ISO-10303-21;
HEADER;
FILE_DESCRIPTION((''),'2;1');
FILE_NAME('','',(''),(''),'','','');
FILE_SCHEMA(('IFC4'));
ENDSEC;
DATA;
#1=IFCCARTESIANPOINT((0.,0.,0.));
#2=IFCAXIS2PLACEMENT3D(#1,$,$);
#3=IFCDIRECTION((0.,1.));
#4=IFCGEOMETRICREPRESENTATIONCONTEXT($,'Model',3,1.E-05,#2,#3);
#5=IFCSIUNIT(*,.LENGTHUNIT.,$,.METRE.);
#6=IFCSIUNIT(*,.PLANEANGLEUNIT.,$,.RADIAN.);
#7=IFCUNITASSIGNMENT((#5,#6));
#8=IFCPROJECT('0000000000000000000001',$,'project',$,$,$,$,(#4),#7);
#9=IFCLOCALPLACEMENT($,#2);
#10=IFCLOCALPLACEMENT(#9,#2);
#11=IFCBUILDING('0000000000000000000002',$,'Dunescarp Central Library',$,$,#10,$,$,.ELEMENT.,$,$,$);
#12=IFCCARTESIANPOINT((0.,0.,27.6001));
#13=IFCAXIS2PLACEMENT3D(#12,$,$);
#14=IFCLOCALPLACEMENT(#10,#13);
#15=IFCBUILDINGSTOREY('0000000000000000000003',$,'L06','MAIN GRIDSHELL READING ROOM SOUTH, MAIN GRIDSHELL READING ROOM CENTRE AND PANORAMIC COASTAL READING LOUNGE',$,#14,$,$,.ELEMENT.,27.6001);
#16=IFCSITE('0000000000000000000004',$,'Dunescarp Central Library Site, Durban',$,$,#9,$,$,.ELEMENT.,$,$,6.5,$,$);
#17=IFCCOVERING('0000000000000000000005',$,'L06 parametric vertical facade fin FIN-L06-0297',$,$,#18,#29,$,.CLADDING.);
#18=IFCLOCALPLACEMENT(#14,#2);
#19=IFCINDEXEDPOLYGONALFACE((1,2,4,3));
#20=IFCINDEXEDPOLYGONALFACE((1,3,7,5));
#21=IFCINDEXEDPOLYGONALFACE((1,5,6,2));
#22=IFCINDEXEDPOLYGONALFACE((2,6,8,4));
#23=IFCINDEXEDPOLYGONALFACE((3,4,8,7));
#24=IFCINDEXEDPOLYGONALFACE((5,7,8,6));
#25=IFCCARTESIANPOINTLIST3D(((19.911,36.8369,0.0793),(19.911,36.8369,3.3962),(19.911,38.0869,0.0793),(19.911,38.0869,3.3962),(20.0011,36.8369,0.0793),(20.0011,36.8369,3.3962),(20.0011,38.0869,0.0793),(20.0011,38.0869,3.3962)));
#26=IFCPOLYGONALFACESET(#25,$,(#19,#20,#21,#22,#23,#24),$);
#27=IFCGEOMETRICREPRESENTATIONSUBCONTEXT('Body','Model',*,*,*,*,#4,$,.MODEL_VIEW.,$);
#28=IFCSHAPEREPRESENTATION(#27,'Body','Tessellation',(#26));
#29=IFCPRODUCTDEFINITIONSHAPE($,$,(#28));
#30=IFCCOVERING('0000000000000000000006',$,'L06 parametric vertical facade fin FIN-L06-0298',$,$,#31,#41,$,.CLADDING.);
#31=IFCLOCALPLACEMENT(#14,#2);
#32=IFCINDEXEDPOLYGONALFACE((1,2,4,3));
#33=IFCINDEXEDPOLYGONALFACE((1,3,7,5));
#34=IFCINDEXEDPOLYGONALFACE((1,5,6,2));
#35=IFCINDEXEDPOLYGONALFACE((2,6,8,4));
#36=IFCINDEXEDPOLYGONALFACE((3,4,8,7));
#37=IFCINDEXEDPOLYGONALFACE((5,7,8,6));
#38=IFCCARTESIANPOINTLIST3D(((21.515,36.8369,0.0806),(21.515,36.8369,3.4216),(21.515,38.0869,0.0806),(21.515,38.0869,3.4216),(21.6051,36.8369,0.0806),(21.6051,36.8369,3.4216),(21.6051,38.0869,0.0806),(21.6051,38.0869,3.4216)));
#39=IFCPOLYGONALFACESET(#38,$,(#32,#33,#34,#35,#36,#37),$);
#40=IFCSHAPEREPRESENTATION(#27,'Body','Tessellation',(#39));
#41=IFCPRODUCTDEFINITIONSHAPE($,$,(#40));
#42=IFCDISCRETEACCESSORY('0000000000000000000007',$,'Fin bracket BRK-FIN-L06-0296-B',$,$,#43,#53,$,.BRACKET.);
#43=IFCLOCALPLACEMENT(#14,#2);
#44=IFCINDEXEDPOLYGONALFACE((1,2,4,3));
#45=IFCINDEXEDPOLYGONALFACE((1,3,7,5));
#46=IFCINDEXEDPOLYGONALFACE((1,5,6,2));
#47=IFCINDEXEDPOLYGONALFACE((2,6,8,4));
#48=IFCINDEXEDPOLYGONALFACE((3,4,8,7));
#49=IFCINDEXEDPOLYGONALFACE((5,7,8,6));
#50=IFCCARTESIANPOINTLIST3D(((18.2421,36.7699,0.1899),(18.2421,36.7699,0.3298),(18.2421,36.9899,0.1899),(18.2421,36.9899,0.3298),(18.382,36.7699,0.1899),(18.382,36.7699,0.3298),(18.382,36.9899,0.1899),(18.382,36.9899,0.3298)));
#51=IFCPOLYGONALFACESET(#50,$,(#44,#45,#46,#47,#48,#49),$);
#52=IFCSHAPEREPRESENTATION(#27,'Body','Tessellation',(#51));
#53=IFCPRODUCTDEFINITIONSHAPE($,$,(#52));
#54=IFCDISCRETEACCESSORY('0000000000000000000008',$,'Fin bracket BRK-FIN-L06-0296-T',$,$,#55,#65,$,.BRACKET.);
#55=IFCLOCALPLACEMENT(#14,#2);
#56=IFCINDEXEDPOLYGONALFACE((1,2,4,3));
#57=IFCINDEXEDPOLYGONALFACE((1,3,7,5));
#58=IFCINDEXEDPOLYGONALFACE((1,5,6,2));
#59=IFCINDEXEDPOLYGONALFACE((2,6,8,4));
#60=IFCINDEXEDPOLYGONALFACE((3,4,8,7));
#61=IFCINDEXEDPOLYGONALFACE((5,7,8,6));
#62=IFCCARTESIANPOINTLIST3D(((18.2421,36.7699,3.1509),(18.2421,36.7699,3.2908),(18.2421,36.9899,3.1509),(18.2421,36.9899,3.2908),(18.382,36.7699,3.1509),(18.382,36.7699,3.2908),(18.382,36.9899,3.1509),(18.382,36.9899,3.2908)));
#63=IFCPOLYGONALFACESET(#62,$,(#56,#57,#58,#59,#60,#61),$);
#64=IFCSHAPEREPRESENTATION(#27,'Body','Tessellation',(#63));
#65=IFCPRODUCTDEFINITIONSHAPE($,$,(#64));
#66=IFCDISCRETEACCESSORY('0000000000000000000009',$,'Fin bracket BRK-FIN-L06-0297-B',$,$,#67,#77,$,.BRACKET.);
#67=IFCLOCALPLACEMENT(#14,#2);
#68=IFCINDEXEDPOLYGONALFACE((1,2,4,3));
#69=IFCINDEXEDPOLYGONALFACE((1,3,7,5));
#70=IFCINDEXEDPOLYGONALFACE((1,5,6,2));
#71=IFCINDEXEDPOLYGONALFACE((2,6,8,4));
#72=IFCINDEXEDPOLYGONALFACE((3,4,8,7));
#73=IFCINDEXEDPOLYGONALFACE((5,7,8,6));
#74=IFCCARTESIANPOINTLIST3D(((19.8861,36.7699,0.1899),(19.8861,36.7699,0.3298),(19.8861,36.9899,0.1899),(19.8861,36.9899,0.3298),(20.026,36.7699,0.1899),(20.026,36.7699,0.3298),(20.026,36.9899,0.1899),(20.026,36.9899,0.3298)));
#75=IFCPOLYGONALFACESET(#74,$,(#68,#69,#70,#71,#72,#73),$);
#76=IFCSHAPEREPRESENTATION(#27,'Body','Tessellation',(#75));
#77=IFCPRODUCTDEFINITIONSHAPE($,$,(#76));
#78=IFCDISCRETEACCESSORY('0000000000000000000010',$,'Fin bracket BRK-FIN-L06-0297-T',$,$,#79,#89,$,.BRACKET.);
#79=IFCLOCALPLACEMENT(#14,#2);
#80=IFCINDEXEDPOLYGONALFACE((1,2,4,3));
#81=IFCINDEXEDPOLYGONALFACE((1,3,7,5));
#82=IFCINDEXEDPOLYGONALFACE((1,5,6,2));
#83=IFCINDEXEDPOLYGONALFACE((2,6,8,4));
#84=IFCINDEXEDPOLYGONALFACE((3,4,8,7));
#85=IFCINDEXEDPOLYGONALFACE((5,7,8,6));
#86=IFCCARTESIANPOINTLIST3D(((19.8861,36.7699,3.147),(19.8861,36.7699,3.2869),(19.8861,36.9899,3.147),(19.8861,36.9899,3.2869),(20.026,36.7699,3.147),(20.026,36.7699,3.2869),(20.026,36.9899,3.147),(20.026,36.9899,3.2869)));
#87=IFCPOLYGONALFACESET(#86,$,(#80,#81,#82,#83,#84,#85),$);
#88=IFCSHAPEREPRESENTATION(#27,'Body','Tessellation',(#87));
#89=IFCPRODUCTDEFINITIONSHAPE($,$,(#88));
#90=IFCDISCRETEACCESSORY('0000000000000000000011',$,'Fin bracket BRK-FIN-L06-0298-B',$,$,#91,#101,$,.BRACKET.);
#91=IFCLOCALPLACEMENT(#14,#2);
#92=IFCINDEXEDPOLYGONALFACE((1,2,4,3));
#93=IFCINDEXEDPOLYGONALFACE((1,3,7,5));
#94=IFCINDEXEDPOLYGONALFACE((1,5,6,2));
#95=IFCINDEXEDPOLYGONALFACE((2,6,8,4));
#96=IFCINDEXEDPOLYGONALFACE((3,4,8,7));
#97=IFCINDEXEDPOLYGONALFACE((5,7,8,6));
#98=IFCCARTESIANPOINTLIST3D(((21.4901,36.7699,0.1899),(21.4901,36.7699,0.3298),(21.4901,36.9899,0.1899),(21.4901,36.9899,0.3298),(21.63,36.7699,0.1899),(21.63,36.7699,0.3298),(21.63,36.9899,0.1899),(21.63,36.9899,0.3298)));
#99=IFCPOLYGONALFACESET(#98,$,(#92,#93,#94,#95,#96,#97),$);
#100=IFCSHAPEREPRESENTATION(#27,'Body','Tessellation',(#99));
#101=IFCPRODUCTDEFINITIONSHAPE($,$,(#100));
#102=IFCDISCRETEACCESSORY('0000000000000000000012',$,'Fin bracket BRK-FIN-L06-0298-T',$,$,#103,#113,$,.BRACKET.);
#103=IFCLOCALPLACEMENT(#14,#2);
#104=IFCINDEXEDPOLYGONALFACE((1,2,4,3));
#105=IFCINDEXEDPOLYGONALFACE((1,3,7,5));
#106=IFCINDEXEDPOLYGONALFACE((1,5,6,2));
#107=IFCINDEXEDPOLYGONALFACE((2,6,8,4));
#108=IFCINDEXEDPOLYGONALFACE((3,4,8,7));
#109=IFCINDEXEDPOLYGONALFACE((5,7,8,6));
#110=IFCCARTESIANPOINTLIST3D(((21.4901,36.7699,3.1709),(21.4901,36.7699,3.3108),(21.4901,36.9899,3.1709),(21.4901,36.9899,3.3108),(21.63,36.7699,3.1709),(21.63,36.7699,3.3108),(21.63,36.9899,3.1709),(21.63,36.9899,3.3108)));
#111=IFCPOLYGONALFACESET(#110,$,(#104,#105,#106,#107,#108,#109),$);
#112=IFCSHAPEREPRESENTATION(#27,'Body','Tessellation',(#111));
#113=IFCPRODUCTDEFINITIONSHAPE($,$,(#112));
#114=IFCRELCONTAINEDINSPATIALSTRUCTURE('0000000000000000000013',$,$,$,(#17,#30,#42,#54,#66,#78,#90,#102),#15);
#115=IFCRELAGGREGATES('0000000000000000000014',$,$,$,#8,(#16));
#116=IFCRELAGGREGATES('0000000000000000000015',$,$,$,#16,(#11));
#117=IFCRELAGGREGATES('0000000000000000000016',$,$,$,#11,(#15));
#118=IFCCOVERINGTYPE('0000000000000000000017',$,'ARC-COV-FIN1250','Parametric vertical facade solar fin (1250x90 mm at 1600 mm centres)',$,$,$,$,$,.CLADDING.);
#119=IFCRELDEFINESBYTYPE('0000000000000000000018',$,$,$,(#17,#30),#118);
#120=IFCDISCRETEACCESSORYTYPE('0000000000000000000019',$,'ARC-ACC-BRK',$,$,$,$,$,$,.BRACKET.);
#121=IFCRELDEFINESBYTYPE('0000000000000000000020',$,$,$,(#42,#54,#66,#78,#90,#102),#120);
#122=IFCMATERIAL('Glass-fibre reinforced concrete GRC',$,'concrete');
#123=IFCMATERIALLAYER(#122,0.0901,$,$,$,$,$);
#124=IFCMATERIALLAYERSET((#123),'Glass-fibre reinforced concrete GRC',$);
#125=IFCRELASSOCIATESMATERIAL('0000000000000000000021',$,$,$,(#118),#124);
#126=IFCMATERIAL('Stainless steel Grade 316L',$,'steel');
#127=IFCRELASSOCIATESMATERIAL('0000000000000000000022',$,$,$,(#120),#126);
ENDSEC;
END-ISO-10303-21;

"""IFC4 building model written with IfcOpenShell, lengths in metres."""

from ifc_helpers import new_model, si_unit, direction, frame, origin, origin_2d, place, context, subcontext, project, spatial, rectangle, extrude, material, layer, layer_set, type_object, element, save


model = new_model("IFC4")

# Units and contexts
model_context = context("Model", 3, precision=1e-05, world=origin(), true_north=direction((0.0, 1.0)))
body_context = subcontext(model_context, "Body", "Model", "MODEL_VIEW")
ifc_project = project(units=[si_unit("LENGTHUNIT", "METRE"), si_unit("PLANEANGLEUNIT", "RADIAN")], contexts=[model_context])

# Site, building, storey
site_placement = place(None, origin())
site = spatial("IfcSite", under=ifc_project, at=site_placement, Name="Dunescarp Central Library Site, Durban", CompositionType="ELEMENT", RefElevation=6.5)
building_placement = place(site_placement, origin())
building = spatial("IfcBuilding", under=site, at=building_placement, Name="Dunescarp Central Library", CompositionType="ELEMENT")
storey_placement = place(building_placement, frame((0.0, 0.0, 27.6001)))
storey = spatial("IfcBuildingStorey", under=building, at=storey_placement, Name="L06", Description="MAIN GRIDSHELL READING ROOM SOUTH, MAIN GRIDSHELL READING ROOM CENTRE AND PANORAMIC COASTAL READING LOUNGE", CompositionType="ELEMENT", Elevation=27.6001)

# Coverings
ifc_material_1 = material(Name="Glass-fibre reinforced concrete GRC", Category="concrete")
ifc_layer_1 = layer(ifc_material_1, 0.0901)
ifc_layer_set_1 = layer_set([ifc_layer_1], Name="Glass-fibre reinforced concrete GRC")
covering_type = type_object("IfcCoveringType", Name="ARC-COV-FIN1250", Description="Parametric vertical facade solar fin (1250x90 mm at 1600 mm centres)", PredefinedType="CLADDING", material=ifc_layer_set_1)
covering_1_placement = place(storey_placement, frame((19.9561, 37.4619, 0.0793), z_axis=(0.0, 0.0, 1.0), x_axis=(0.0, 1.0, 0.0)))
element("IfcCovering", 1, at=covering_1_placement, inside=storey, type_object=covering_type, Name="L06 parametric vertical facade fin FIN-L06-0297", PredefinedType="CLADDING", context=body_context, shape_type="SweptSolid", body=[
    extrude(rectangle(XDim=1.25, YDim=0.0901, at=origin_2d()), origin(), (0.0, 0.0, 1.0), 3.3169),
])
covering_2_placement = place(storey_placement, frame((21.5601, 37.4619, 0.0806), z_axis=(0.0, 0.0, 1.0), x_axis=(0.0, 1.0, 0.0)))
element("IfcCovering", 2, at=covering_2_placement, inside=storey, type_object=covering_type, Name="L06 parametric vertical facade fin FIN-L06-0298", PredefinedType="CLADDING", context=body_context, shape_type="SweptSolid", body=[
    extrude(rectangle(XDim=1.25, YDim=0.0901, at=origin_2d()), origin(), (0.0, 0.0, 1.0), 3.3411),
])

# Discrete accessories
ifc_material_2 = material(Name="Stainless steel Grade 316L", Category="steel")
discrete_accessory_type = type_object("IfcDiscreteAccessoryType", Name="ARC-ACC-BRK", PredefinedType="BRACKET", material=ifc_material_2)
for number, where, z_axis, x_axis, name in (
    (3, (18.312, 36.8799, 0.1899), (0.0, 0.0, 1.0), (0.0, 1.0, 0.0), "Fin bracket BRK-FIN-L06-0296-B"),
    (4, (18.312, 36.8799, 3.1509), (0.0, 0.0, 1.0), (0.0, 1.0, 0.0), "Fin bracket BRK-FIN-L06-0296-T"),
    (5, (19.9561, 36.8799, 0.1899), (0.0, 0.0, 1.0), (0.0, 1.0, 0.0), "Fin bracket BRK-FIN-L06-0297-B"),
    (6, (19.9561, 36.8799, 3.147), (0.0, 0.0, 1.0), (0.0, 1.0, 0.0), "Fin bracket BRK-FIN-L06-0297-T"),
    (7, (21.5601, 36.8799, 0.1899), (0.0, 0.0, 1.0), (0.0, 1.0, 0.0), "Fin bracket BRK-FIN-L06-0298-B"),
    (8, (21.5601, 36.8799, 3.1709), (0.0, 0.0, 1.0), (0.0, 1.0, 0.0), "Fin bracket BRK-FIN-L06-0298-T"),
):
    element("IfcDiscreteAccessory", number, at=place(storey_placement, frame(where, z_axis=z_axis, x_axis=x_axis)), inside=storey, type_object=discrete_accessory_type, Name=name, PredefinedType="BRACKET", context=body_context, shape_type="SweptSolid", body=[
        extrude(rectangle(XDim=0.22, YDim=0.1399, at=origin_2d()), origin(), (0.0, 0.0, 1.0), 0.1399),
    ])

save(model, "model.ifc")
